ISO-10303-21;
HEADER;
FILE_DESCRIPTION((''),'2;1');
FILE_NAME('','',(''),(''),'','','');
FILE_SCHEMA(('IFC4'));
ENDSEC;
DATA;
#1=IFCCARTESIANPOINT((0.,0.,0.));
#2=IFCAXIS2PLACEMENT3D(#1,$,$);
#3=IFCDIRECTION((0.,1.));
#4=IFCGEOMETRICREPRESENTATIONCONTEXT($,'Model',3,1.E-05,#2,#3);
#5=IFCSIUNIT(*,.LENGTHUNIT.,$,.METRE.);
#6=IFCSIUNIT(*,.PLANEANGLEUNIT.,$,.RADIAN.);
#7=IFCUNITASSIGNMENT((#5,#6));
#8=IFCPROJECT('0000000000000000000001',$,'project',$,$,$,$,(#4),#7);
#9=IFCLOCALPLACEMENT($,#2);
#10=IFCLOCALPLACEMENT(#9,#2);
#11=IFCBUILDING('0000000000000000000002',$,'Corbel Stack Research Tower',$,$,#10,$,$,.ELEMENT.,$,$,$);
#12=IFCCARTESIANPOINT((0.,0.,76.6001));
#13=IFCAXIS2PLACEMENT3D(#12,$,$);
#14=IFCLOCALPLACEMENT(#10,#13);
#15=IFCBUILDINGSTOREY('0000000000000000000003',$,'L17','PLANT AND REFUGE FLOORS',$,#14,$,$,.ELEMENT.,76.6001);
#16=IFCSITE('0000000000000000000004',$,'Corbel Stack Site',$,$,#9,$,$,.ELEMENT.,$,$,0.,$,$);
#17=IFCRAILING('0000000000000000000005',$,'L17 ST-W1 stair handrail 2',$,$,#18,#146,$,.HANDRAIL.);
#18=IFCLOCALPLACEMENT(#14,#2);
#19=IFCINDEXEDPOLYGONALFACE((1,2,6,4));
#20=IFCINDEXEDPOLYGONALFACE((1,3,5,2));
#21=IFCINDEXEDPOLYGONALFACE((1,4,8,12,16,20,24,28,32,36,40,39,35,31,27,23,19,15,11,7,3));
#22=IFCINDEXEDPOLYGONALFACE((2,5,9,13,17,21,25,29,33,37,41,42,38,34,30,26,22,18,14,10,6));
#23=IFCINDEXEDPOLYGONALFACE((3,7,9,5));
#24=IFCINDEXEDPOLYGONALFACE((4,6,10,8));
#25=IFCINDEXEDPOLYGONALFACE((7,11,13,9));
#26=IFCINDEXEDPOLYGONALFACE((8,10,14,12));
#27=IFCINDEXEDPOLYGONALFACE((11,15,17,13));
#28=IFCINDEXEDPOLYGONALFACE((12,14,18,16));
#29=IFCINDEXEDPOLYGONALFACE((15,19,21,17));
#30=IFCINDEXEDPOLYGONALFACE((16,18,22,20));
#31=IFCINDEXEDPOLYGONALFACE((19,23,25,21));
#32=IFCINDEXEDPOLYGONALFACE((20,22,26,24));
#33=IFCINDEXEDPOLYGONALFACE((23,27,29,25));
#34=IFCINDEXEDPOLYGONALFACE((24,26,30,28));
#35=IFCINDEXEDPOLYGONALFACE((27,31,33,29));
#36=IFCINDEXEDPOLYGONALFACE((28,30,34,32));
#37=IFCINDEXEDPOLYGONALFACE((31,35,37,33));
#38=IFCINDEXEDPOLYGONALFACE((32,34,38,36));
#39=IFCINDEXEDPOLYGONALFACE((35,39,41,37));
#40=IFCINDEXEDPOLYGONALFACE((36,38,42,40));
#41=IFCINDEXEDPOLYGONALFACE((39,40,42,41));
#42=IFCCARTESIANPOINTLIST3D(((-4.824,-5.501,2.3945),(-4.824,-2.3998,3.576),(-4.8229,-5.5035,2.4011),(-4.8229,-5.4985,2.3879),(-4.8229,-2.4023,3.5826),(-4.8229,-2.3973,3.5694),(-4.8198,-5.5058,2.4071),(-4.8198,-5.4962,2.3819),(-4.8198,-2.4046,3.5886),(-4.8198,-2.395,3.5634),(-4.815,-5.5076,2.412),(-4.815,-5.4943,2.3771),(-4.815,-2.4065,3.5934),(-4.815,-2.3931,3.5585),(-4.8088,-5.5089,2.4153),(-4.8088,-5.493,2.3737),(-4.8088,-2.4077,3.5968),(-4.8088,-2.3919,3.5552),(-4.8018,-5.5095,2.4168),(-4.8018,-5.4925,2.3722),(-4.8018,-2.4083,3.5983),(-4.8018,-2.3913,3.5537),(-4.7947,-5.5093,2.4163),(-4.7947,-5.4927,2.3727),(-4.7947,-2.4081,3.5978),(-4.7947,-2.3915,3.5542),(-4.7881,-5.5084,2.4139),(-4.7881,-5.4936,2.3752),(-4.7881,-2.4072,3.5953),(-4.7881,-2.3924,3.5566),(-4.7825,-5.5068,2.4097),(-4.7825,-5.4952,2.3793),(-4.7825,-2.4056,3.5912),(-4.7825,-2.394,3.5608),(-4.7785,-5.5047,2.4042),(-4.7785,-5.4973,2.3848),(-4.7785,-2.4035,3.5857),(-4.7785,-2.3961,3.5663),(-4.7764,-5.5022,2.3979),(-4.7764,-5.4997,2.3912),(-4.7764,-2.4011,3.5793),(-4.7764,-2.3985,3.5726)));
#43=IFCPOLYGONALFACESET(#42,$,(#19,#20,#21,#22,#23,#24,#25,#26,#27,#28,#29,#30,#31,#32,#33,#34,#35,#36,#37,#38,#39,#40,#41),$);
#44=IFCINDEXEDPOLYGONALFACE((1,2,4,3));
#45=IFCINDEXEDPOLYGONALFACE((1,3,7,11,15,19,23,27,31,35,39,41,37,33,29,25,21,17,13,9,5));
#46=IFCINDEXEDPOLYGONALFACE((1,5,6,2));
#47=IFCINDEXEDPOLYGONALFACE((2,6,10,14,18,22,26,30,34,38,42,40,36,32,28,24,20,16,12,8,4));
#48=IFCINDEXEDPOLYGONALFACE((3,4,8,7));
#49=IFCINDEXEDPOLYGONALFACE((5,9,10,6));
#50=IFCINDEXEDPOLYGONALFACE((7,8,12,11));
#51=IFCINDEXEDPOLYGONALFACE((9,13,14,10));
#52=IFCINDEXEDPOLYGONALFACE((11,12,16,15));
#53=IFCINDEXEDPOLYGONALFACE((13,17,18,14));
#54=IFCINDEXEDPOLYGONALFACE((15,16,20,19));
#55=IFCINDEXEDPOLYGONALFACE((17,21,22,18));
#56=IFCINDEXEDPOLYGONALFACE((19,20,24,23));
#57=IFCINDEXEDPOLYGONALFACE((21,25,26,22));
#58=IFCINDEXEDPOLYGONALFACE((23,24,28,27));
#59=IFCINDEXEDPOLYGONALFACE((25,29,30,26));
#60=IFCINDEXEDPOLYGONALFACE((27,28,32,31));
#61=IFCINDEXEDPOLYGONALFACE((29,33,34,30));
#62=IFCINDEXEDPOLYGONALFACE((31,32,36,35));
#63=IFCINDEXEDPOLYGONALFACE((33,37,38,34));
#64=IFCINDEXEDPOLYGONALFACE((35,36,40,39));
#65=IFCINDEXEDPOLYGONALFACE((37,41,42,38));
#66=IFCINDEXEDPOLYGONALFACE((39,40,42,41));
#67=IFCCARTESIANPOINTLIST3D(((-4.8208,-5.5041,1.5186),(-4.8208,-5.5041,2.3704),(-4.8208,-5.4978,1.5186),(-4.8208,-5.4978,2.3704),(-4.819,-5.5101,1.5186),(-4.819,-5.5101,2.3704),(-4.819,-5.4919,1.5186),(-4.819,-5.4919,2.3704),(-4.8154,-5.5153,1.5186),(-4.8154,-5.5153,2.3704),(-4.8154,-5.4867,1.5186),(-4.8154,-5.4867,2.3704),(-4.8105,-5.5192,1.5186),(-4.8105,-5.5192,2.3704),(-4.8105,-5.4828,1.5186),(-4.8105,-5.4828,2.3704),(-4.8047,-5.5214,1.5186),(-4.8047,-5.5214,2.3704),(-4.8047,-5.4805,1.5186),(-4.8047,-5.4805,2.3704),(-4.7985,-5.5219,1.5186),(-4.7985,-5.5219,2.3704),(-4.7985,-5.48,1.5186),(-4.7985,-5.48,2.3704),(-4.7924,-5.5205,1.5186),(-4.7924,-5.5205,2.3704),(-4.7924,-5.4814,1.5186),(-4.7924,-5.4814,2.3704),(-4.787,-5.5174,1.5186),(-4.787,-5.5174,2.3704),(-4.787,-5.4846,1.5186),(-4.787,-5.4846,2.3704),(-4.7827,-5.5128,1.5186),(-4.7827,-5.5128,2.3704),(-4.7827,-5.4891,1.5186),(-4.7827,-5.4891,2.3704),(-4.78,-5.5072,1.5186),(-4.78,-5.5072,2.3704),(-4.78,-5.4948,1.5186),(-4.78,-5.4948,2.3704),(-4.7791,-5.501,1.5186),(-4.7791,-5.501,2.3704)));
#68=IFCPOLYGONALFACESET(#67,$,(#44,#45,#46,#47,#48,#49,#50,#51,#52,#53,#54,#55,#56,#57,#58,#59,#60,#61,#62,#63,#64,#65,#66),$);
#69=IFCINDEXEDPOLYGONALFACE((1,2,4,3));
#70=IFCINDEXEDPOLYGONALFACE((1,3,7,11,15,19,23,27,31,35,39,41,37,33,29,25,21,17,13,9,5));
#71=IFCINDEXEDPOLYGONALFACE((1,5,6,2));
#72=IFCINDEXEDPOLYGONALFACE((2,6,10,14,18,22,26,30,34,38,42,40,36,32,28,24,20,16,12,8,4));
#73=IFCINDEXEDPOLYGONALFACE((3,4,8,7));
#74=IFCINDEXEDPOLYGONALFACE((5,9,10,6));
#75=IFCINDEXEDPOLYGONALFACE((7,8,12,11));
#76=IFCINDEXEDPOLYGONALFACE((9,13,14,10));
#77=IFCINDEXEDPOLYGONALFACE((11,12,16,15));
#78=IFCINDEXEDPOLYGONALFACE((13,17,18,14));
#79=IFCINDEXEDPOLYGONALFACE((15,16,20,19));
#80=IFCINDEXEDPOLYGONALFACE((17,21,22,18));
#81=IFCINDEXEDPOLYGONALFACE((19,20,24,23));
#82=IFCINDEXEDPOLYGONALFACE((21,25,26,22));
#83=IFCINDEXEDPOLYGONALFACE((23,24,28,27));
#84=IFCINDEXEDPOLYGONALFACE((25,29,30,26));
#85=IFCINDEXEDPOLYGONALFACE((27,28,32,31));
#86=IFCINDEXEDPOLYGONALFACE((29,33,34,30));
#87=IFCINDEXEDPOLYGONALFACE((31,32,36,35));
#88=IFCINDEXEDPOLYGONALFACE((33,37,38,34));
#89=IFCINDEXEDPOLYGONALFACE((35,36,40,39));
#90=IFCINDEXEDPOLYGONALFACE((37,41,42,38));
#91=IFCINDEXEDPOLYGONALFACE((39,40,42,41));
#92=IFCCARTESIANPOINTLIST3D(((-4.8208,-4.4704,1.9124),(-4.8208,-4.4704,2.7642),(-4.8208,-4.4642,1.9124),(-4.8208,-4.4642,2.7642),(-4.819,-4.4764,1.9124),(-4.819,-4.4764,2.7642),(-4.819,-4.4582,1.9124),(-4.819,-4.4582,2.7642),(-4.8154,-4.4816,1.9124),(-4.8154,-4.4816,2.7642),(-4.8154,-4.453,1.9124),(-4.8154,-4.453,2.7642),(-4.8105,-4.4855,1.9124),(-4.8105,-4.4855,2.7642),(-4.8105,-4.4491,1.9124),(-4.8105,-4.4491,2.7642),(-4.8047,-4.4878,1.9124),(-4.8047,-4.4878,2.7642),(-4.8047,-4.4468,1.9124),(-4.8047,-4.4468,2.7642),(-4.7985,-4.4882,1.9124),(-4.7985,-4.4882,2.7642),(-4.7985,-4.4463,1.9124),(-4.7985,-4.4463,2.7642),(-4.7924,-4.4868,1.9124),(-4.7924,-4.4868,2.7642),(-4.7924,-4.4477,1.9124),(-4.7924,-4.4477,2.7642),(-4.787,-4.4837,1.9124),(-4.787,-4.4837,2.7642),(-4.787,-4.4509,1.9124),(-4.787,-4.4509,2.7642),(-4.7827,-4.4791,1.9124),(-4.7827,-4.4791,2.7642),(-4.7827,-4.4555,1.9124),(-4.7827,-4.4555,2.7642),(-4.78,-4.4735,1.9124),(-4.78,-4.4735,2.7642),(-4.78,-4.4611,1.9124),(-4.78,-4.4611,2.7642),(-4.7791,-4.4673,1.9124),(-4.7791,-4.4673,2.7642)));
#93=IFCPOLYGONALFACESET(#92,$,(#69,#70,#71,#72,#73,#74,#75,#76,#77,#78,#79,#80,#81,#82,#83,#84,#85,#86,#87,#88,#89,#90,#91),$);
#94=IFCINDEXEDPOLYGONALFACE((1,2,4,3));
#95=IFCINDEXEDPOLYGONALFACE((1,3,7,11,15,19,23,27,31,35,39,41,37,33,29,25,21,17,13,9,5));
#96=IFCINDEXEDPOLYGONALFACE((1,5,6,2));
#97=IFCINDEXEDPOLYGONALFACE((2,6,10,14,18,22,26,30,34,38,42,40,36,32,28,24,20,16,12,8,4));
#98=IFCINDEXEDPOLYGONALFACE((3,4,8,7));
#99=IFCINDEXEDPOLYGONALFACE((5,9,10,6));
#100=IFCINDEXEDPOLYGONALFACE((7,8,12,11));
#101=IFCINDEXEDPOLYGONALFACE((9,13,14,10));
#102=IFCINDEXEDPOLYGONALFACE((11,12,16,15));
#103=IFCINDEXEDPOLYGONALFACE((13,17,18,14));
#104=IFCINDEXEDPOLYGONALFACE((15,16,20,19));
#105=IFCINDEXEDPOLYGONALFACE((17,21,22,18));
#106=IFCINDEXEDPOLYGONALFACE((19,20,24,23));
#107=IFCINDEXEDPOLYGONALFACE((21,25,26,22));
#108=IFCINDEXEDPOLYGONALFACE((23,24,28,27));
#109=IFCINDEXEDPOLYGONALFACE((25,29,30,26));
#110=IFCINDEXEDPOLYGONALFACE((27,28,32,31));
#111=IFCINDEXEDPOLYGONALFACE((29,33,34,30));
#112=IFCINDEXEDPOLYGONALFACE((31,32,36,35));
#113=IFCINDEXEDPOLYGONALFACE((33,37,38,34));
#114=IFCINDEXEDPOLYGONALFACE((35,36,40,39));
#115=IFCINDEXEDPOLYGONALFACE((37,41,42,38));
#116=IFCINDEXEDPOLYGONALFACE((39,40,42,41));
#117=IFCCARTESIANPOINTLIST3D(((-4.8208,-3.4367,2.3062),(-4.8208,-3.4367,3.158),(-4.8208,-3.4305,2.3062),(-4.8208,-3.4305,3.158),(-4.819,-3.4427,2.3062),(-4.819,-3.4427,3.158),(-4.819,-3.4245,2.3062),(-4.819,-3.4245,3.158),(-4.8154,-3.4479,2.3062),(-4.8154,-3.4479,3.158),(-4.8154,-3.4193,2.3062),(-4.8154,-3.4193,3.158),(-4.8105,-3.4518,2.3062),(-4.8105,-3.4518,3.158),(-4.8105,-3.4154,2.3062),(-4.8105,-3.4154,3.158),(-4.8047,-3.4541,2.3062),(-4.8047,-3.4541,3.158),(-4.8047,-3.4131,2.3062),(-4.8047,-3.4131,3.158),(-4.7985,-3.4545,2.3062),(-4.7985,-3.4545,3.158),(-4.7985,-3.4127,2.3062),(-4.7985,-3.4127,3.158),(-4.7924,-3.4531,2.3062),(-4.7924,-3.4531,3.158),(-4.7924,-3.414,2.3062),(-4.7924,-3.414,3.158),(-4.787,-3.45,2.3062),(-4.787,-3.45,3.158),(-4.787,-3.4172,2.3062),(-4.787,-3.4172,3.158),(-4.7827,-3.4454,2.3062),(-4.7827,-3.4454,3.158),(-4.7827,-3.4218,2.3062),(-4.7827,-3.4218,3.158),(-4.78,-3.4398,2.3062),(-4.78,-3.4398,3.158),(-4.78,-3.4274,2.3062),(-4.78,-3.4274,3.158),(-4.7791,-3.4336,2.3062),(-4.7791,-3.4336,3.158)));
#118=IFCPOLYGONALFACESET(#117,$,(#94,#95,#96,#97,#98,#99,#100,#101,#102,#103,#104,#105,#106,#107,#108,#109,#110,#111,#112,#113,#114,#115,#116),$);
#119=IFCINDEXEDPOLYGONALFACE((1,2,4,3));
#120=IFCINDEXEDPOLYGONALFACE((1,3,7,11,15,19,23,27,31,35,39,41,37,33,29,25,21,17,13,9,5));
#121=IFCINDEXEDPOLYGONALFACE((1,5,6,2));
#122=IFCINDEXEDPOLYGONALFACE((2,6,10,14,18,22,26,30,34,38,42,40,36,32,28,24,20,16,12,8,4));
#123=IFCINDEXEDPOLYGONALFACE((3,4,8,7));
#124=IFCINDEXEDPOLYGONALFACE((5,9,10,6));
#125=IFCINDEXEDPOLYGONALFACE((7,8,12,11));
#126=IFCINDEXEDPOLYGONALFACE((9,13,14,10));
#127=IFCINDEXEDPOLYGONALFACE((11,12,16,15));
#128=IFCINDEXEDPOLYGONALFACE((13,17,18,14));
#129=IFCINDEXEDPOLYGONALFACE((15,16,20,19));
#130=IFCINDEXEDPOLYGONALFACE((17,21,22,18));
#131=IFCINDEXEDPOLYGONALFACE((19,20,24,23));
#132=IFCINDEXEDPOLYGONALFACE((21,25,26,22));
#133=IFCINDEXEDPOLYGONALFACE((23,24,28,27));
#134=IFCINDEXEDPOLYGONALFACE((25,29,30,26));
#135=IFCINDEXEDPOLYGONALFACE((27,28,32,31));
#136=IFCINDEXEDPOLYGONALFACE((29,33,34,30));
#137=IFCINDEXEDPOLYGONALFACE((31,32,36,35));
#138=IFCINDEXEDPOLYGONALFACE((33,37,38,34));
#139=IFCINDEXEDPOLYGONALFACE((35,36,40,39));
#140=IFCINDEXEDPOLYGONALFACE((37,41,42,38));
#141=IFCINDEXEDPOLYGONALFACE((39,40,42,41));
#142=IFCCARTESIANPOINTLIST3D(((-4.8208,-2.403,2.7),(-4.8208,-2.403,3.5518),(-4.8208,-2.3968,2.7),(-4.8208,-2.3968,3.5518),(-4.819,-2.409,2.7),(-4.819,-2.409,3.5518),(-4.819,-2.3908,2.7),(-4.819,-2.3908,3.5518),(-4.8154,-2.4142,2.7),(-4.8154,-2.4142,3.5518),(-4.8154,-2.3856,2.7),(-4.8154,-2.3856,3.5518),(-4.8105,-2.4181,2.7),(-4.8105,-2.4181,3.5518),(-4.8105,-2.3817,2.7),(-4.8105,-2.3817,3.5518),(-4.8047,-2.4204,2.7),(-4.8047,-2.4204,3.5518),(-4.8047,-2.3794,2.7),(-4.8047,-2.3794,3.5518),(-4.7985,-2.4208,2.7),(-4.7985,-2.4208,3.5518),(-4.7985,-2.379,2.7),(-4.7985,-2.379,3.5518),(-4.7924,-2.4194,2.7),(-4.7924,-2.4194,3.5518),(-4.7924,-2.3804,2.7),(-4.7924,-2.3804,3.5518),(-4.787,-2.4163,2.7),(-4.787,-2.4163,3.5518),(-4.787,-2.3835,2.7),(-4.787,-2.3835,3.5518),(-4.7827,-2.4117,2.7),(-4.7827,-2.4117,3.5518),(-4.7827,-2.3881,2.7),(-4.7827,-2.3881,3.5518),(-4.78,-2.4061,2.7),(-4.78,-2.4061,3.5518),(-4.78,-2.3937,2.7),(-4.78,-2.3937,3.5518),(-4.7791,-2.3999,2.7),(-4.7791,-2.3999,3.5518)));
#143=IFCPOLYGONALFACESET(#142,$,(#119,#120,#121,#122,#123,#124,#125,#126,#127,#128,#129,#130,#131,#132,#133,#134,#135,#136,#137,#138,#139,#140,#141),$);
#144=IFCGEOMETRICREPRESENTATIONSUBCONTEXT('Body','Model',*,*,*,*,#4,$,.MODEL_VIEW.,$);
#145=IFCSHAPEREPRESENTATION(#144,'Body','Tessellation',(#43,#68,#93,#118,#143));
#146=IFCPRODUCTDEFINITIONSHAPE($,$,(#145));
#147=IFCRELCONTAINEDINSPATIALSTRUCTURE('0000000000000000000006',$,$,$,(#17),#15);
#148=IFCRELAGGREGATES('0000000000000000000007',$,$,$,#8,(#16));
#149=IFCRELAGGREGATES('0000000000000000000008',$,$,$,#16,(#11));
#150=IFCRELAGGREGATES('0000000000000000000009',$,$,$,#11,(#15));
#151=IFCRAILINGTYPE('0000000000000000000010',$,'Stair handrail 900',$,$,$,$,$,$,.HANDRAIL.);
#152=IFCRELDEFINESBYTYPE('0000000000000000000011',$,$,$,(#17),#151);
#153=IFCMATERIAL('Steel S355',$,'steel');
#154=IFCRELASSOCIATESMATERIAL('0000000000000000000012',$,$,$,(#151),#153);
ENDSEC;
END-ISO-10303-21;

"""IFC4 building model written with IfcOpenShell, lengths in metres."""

from ifc_helpers import new_model, si_unit, direction, frame, origin, origin_2d, place, context, subcontext, project, spatial, circle, extrude, material, type_object, element, save


model = new_model("IFC4")

# Units and contexts
model_context = context("Model", 3, precision=1e-05, world=origin(), true_north=direction((0.0, 1.0)))
body_context = subcontext(model_context, "Body", "Model", "MODEL_VIEW")
ifc_project = project(units=[si_unit("LENGTHUNIT", "METRE"), si_unit("PLANEANGLEUNIT", "RADIAN")], contexts=[model_context])

# Site, building, storey
site_placement = place(None, origin())
site = spatial("IfcSite", under=ifc_project, at=site_placement, Name="Corbel Stack Site", CompositionType="ELEMENT", RefElevation=0.0)
building_placement = place(site_placement, origin())
building = spatial("IfcBuilding", under=site, at=building_placement, Name="Corbel Stack Research Tower", CompositionType="ELEMENT")
storey_placement = place(building_placement, frame((0.0, 0.0, 76.6001)))
storey = spatial("IfcBuildingStorey", under=building, at=storey_placement, Name="L17", Description="PLANT AND REFUGE FLOORS", CompositionType="ELEMENT", Elevation=76.6001)

# Railing
ifc_material_1 = material(Name="Steel S355", Category="steel")
railing_type_1 = type_object("IfcRailingType", Name="Stair handrail 900", PredefinedType="HANDRAIL", material=ifc_material_1)
railing_1_placement = place(storey_placement, frame((-4.8, -5.501, 1.5186)))
element("IfcRailing", 1, at=railing_1_placement, inside=storey, type_object=railing_type_1, Name="L17 ST-W1 stair handrail 2", PredefinedType="HANDRAIL", context=body_context, shape_type="SweptSolid", body=[
    extrude(circle(Radius=0.0239, at=origin_2d()), frame((0.0, 0.0, 0.876), z_axis=(0.0, 0.934484, 0.356005), x_axis=(-1.0, 0.0, 0.0)), (0.0, 0.0, 1.0), 3.3186),
    extrude(circle(Radius=0.021, at=origin_2d()), origin(), (0.0, 0.0, 1.0), 0.8518),
    extrude(circle(Radius=0.021, at=origin_2d()), frame((0.0, 1.0337, 0.3938)), (0.0, 0.0, 1.0), 0.8518),
    extrude(circle(Radius=0.021, at=origin_2d()), frame((0.0, 2.0674, 0.7876)), (0.0, 0.0, 1.0), 0.8518),
    extrude(circle(Radius=0.021, at=origin_2d()), frame((0.0, 3.1011, 1.1814)), (0.0, 0.0, 1.0), 0.8518),
])

save(model, "model.ifc")
